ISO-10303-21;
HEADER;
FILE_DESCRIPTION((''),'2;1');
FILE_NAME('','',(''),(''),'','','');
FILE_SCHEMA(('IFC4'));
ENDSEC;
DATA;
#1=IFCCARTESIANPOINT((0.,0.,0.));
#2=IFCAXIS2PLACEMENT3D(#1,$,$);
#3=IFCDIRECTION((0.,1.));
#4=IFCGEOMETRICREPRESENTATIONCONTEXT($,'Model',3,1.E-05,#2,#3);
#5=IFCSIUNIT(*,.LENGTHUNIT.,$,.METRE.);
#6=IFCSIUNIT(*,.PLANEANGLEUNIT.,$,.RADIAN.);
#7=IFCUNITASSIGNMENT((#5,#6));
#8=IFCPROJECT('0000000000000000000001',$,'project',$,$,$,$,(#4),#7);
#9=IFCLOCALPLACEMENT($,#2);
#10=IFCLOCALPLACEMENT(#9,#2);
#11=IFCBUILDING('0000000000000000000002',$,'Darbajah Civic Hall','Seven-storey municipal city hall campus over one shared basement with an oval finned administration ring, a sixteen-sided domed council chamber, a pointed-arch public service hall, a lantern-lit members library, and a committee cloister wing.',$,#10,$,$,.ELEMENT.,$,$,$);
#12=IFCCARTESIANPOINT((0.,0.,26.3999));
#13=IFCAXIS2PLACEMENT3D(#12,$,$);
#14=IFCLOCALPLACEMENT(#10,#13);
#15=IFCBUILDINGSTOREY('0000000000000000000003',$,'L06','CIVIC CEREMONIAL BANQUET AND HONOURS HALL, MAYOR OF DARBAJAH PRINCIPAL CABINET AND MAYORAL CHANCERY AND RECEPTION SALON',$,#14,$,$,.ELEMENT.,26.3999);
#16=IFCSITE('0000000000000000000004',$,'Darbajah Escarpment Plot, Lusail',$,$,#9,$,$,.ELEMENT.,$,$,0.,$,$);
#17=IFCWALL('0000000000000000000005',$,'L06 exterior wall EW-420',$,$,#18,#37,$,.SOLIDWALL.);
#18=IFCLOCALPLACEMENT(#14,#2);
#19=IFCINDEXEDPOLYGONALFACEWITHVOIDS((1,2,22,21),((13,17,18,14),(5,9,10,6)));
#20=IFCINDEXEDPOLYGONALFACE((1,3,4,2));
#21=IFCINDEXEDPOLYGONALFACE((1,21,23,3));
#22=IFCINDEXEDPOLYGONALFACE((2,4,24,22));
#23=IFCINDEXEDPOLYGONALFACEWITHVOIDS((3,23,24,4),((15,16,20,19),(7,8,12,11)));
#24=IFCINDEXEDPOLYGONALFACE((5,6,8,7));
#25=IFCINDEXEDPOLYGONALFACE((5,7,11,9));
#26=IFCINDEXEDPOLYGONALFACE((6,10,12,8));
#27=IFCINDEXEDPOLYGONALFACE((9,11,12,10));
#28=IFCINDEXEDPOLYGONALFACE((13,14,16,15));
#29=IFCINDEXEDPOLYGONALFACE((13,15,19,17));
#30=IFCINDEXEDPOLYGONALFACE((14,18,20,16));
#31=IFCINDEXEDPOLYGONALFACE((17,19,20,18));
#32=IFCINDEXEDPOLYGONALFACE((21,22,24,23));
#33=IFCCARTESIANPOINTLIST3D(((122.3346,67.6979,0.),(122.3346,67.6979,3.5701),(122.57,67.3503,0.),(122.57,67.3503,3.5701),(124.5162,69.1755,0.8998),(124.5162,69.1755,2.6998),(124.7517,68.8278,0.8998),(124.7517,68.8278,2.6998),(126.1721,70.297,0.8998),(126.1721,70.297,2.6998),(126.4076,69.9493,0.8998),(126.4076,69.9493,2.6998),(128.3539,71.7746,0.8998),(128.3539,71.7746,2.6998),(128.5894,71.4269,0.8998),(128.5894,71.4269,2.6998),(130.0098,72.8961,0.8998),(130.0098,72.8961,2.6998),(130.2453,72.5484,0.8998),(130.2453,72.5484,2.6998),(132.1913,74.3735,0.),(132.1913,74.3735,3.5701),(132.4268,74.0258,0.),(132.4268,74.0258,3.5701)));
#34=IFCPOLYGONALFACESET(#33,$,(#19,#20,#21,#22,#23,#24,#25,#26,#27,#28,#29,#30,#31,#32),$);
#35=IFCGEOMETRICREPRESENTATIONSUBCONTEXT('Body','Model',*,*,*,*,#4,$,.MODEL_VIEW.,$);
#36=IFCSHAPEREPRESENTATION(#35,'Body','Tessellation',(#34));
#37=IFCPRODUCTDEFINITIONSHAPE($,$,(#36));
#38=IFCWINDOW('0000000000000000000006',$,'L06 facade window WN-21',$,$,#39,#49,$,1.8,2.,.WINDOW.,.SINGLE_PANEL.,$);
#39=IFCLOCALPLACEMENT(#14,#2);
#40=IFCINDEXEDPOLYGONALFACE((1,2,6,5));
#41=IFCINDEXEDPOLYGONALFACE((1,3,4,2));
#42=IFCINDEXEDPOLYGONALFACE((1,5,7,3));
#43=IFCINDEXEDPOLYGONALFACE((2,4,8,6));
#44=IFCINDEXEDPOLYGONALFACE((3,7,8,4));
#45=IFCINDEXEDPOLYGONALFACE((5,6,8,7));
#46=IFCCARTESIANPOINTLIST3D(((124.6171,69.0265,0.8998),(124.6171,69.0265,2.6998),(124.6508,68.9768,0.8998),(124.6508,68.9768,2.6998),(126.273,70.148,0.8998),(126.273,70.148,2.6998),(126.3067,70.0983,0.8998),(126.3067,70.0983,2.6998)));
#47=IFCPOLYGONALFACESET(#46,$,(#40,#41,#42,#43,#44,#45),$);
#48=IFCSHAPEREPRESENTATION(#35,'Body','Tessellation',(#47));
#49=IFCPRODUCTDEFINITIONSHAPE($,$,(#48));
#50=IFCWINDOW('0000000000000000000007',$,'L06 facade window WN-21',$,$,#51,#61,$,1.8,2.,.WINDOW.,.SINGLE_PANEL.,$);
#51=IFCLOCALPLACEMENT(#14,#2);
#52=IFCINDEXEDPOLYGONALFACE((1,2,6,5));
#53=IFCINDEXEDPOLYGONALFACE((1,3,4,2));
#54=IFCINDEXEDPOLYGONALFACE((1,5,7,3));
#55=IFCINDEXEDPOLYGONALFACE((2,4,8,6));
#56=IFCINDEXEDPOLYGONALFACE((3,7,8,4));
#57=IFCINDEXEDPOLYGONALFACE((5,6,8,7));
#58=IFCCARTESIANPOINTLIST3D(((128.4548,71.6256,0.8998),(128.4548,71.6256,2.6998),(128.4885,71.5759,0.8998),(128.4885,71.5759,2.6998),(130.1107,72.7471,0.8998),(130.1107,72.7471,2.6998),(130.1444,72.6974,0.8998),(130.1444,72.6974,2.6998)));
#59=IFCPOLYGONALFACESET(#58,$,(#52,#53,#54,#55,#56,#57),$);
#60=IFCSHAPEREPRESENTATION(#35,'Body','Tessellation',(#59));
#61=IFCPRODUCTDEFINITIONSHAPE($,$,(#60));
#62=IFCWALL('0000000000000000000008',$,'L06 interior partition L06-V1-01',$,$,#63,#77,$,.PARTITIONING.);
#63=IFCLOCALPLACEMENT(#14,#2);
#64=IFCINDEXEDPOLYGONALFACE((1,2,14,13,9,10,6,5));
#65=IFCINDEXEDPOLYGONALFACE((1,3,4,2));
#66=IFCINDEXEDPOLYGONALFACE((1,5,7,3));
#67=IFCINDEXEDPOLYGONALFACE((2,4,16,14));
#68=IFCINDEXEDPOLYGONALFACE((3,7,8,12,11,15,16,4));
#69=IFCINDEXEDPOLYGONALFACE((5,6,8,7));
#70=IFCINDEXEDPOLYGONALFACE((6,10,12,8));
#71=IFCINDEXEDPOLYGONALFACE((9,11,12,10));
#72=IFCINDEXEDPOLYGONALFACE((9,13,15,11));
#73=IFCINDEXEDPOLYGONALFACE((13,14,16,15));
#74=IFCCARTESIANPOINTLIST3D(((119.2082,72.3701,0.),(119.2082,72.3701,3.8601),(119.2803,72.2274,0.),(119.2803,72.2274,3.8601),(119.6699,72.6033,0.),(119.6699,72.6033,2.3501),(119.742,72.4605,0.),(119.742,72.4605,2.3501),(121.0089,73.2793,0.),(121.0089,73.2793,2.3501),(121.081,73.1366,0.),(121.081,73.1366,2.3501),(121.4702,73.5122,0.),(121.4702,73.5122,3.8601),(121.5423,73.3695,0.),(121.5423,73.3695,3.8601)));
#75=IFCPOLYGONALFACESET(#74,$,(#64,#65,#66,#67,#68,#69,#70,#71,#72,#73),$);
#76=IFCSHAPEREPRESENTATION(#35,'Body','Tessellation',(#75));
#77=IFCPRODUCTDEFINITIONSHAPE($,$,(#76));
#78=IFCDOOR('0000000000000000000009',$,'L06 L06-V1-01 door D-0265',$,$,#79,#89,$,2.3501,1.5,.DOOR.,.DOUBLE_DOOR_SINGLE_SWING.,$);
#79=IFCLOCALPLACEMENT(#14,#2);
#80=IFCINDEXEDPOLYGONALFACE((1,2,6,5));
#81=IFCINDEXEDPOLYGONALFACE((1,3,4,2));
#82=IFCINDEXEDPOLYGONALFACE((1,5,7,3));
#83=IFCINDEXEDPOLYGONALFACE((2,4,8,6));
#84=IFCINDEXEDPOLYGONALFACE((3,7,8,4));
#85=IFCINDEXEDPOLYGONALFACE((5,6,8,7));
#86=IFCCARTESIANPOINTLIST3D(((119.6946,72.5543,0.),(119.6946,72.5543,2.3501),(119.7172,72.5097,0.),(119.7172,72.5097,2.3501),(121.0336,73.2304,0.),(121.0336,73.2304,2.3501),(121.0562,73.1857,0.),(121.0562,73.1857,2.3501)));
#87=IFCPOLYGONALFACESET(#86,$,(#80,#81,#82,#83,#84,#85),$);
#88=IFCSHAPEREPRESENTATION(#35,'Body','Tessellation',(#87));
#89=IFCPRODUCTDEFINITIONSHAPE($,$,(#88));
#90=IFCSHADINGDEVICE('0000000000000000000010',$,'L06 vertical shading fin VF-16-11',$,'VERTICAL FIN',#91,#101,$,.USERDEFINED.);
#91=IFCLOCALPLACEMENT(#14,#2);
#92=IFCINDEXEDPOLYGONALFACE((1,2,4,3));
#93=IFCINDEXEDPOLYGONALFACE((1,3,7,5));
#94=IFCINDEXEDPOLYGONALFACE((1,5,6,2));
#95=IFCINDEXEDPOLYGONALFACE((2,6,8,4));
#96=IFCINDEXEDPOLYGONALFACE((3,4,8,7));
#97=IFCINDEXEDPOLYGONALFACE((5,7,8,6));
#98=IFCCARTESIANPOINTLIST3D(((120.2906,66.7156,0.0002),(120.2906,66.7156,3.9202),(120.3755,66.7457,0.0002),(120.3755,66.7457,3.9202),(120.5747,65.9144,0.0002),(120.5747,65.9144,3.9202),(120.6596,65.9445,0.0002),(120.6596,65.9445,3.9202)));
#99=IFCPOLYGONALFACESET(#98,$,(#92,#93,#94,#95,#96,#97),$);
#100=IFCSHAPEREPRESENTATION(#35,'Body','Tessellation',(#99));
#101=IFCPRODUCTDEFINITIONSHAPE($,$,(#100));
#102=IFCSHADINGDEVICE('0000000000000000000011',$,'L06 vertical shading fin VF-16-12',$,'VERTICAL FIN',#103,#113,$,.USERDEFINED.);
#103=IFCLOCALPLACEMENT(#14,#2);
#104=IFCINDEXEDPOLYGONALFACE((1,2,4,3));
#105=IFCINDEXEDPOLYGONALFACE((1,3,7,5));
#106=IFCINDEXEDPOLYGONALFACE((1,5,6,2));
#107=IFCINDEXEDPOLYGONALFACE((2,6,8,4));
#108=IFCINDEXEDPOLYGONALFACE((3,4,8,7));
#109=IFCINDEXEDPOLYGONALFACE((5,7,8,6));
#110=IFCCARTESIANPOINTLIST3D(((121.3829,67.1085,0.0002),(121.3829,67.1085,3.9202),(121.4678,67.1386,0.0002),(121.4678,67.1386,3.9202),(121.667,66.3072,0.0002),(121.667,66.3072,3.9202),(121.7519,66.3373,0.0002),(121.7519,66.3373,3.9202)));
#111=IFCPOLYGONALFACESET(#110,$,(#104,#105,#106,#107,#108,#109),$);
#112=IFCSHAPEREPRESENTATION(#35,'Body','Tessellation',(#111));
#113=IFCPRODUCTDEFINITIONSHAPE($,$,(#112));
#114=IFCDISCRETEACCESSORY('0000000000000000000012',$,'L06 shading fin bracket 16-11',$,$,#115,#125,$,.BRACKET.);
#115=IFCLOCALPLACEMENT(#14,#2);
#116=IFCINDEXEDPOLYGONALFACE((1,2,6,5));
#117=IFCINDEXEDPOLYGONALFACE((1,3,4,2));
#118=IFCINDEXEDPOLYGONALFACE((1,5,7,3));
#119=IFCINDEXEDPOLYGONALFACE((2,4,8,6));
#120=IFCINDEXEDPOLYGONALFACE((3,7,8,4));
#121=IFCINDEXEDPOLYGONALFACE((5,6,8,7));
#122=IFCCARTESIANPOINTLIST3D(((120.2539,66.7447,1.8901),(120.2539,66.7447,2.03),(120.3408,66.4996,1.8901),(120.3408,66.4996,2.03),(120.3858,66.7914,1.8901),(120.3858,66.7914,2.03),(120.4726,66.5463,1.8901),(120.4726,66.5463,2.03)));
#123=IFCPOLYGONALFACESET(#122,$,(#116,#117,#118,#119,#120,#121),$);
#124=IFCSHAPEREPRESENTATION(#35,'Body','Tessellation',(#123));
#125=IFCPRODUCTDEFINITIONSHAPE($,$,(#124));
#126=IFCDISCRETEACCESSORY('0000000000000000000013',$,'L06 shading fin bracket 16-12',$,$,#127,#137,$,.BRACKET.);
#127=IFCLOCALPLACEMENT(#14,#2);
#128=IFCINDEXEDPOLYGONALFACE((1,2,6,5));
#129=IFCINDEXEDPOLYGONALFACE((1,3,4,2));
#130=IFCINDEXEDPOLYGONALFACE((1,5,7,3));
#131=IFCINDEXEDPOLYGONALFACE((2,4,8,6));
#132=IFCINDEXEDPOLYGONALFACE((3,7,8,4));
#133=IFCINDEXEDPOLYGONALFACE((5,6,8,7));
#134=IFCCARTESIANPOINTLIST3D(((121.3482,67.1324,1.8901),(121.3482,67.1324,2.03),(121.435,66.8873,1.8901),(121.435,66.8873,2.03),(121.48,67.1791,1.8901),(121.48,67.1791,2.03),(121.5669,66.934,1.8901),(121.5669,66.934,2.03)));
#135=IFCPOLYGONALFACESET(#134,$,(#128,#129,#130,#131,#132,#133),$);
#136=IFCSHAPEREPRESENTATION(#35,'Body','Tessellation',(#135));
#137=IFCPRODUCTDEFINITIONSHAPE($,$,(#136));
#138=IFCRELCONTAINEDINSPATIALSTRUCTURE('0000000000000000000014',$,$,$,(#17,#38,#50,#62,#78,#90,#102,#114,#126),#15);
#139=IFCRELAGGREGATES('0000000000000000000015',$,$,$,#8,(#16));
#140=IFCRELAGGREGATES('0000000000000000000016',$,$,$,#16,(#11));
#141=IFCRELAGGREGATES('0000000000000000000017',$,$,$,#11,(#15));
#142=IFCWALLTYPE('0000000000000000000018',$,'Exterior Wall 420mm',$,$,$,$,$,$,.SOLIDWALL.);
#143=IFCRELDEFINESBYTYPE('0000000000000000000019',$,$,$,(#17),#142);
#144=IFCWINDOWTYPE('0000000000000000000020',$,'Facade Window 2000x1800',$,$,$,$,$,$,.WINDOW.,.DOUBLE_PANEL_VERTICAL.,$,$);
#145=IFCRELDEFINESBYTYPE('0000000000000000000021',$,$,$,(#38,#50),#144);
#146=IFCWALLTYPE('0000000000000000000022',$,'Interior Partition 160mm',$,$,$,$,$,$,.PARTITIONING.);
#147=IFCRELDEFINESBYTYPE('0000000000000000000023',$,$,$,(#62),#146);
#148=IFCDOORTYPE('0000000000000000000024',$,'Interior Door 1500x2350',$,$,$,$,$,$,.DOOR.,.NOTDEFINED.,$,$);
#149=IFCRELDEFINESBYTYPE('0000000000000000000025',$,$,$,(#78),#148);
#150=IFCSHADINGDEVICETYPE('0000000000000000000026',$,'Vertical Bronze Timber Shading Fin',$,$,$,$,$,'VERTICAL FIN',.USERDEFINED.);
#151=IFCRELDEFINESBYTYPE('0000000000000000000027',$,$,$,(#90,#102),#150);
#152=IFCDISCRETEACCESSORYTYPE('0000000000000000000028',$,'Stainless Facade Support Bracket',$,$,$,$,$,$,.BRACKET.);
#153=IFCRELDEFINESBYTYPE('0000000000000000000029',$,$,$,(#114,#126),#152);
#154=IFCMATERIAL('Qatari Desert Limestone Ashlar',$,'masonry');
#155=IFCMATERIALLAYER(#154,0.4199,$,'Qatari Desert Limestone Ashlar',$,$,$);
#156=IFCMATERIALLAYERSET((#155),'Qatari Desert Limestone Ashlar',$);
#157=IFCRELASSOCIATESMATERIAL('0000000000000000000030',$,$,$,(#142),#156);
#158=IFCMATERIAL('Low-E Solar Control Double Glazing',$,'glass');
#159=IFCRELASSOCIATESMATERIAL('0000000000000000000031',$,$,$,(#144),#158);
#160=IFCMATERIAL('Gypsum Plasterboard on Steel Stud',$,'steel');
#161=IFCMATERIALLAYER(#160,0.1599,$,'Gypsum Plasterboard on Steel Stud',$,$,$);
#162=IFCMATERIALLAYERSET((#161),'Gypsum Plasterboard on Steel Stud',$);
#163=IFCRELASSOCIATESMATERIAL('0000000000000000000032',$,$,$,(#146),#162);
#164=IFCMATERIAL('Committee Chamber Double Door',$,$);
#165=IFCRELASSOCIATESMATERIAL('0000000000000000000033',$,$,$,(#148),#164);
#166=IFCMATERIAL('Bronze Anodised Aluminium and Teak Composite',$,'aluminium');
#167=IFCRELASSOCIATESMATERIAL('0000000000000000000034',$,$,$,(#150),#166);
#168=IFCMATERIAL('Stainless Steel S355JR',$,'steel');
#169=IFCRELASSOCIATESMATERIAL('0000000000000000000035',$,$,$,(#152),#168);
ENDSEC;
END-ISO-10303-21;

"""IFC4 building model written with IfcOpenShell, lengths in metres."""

from ifc_helpers import new_model, si_unit, direction, frame, frame_2d, origin, origin_2d, place, context, subcontext, project, spatial, rectangle, extrude, material, layer, layer_set, type_object, element, fill, save


model = new_model("IFC4")

# Units and contexts
model_context = context("Model", 3, precision=1e-05, world=origin(), true_north=direction((0.0, 1.0)))
body_context = subcontext(model_context, "Body", "Model", "MODEL_VIEW")
ifc_project = project(units=[si_unit("LENGTHUNIT", "METRE"), si_unit("PLANEANGLEUNIT", "RADIAN")], contexts=[model_context])

# Site, building, storey
site_placement = place(None, origin())
site = spatial("IfcSite", under=ifc_project, at=site_placement, Name="Darbajah Escarpment Plot, Lusail", CompositionType="ELEMENT", RefElevation=0.0)
building_placement = place(site_placement, origin())
building = spatial("IfcBuilding", under=site, at=building_placement, Name="Darbajah Civic Hall", Description="Seven-storey municipal city hall campus over one shared basement with an oval finned administration ring, a sixteen-sided domed council chamber, a pointed-arch public service hall, a lantern-lit members library, and a committee cloister wing.", CompositionType="ELEMENT")
storey_placement = place(building_placement, frame((0.0, 0.0, 26.3999)))
storey = spatial("IfcBuildingStorey", under=building, at=storey_placement, Name="L06", Description="CIVIC CEREMONIAL BANQUET AND HONOURS HALL, MAYOR OF DARBAJAH PRINCIPAL CABINET AND MAYORAL CHANCERY AND RECEPTION SALON", CompositionType="ELEMENT", Elevation=26.3999)

# Shared definitions
ifc_material_1 = material(Name="Low-E Solar Control Double Glazing", Category="glass")

# Wall, openings, windows
ifc_material_2 = material(Name="Qatari Desert Limestone Ashlar", Category="masonry")
ifc_layer_1 = layer(ifc_material_2, 0.4199, Name="Qatari Desert Limestone Ashlar")
ifc_layer_set_1 = layer_set([ifc_layer_1], Name="Qatari Desert Limestone Ashlar")
wall_type_1 = type_object("IfcWallType", Name="Exterior Wall 420mm", PredefinedType="SOLIDWALL", material=ifc_layer_set_1)
wall_1_placement = place(storey_placement, frame((122.4524, 67.5242, 0.0), z_axis=(0.0, 0.0, 1.0), x_axis=(0.82798, 0.560757, 0.0)))
wall_1 = element("IfcWall", 1, at=wall_1_placement, inside=storey, type_object=wall_type_1, Name="L06 exterior wall EW-420", PredefinedType="SOLIDWALL", context=body_context, shape_type="SweptSolid", body=[
    extrude(rectangle(XDim=11.9045, YDim=0.4199, at=frame_2d((5.9521, 0.0))), origin(), (0.0, 0.0, 1.0), 3.5701),
])
opening_1_placement = place(wall_1_placement, frame((2.6348, 0.0, 0.8999)))
opening_1 = element("IfcOpeningElement", 2, at=opening_1_placement, cuts=wall_1, PredefinedType="OPENING", context=body_context, shape_type="SweptSolid", body=[
    extrude(rectangle(XDim=2.0, YDim=1.8, at=frame_2d((1.0, 0.8999))), frame((0.0, 0.22, 0.0), z_axis=(0.0, -1.0, 0.0), x_axis=(1.0, 0.0, 0.0)), (0.0, 0.0, 1.0), 0.4399),
])
opening_2_placement = place(wall_1_placement, frame((7.2698, 0.0, 0.8999)))
opening_2 = element("IfcOpeningElement", 3, at=opening_2_placement, cuts=wall_1, PredefinedType="OPENING", context=body_context, shape_type="SweptSolid", body=[
    extrude(rectangle(XDim=2.0, YDim=1.8, at=frame_2d((1.0, 0.8999))), frame((0.0, 0.22, 0.0), z_axis=(0.0, -1.0, 0.0), x_axis=(1.0, 0.0, 0.0)), (0.0, 0.0, 1.0), 0.4399),
])
window_type_1 = type_object("IfcWindowType", Name="Facade Window 2000x1800", PartitioningType="DOUBLE_PANEL_VERTICAL", PredefinedType="WINDOW", material=ifc_material_1)
window_1_placement = place(opening_1_placement, origin())
window_1 = element("IfcWindow", 4, at=window_1_placement, inside=storey, type_object=window_type_1, Name="L06 facade window WN-21", OverallHeight=1.8, OverallWidth=2.0, PartitioningType="SINGLE_PANEL", PredefinedType="WINDOW", context=body_context, shape_type="SweptSolid", body=[
    extrude(rectangle(XDim=2.0, YDim=1.8, at=frame_2d((1.0, 0.8999))), frame((0.0, 0.03, 0.0), z_axis=(0.0, -1.0, 0.0), x_axis=(1.0, 0.0, 0.0)), (0.0, 0.0, 1.0), 0.0601),
])
fill(opening_1, window_1)
window_2_placement = place(opening_2_placement, origin())
window_2 = element("IfcWindow", 5, at=window_2_placement, inside=storey, type_object=window_type_1, Name="L06 facade window WN-21", OverallHeight=1.8, OverallWidth=2.0, PartitioningType="SINGLE_PANEL", PredefinedType="WINDOW", context=body_context, shape_type="SweptSolid", body=[
    extrude(rectangle(XDim=2.0, YDim=1.8, at=frame_2d((1.0, 0.8999))), frame((0.0, 0.03, 0.0), z_axis=(0.0, -1.0, 0.0), x_axis=(1.0, 0.0, 0.0)), (0.0, 0.0, 1.0), 0.0601),
])
fill(opening_2, window_2)

# Wall, opening, door
ifc_material_3 = material(Name="Gypsum Plasterboard on Steel Stud", Category="steel")
ifc_layer_2 = layer(ifc_material_3, 0.1599, Name="Gypsum Plasterboard on Steel Stud")
ifc_layer_set_2 = layer_set([ifc_layer_2], Name="Gypsum Plasterboard on Steel Stud")
wall_type_2 = type_object("IfcWallType", Name="Interior Partition 160mm", PredefinedType="PARTITIONING", material=ifc_layer_set_2)
wall_2_placement = place(storey_placement, frame((121.5063, 73.4409, 0.0), z_axis=(0.0, 0.0, 1.0), x_axis=(-0.892667, -0.450717, 0.0)))
wall_2 = element("IfcWall", 6, at=wall_2_placement, inside=storey, type_object=wall_type_2, Name="L06 interior partition L06-V1-01", PredefinedType="PARTITIONING", context=body_context, shape_type="SweptSolid", body=[
    extrude(rectangle(XDim=2.5339, YDim=0.1599, at=frame_2d((1.2671, 0.0))), origin(), (0.0, 0.0, 1.0), 3.8601),
])
opening_3_placement = place(wall_2_placement, frame((0.5168, 0.0, 0.0)))
opening_3 = element("IfcOpeningElement", 7, at=opening_3_placement, cuts=wall_2, PredefinedType="OPENING", context=body_context, shape_type="SweptSolid", body=[
    extrude(rectangle(XDim=1.5, YDim=2.3501, at=frame_2d((0.75, 1.175))), frame((0.0, 0.0898, 0.0), z_axis=(0.0, -1.0, 0.0), x_axis=(1.0, 0.0, 0.0)), (0.0, 0.0, 1.0), 0.1799),
])
ifc_material_4 = material(Name="Committee Chamber Double Door")
door_type = type_object("IfcDoorType", Name="Interior Door 1500x2350", OperationType="NOTDEFINED", PredefinedType="DOOR", material=ifc_material_4)
door_placement = place(opening_3_placement, origin())
door = element("IfcDoor", 8, at=door_placement, inside=storey, type_object=door_type, Name="L06 L06-V1-01 door D-0265", OperationType="DOUBLE_DOOR_SINGLE_SWING", OverallHeight=2.3501, OverallWidth=1.5, PredefinedType="DOOR", context=body_context, shape_type="SweptSolid", body=[
    extrude(rectangle(XDim=1.5, YDim=2.3501, at=frame_2d((0.75, 1.175))), frame((0.0, 0.0249, 0.0), z_axis=(0.0, -1.0, 0.0), x_axis=(1.0, 0.0, 0.0)), (0.0, 0.0, 1.0), 0.05),
])
fill(opening_3, door)

# Shading devices
ifc_material_5 = material(Name="Bronze Anodised Aluminium and Teak Composite", Category="aluminium")
shading_device_type = type_object("IfcShadingDeviceType", Name="Vertical Bronze Timber Shading Fin", ElementType="VERTICAL FIN", PredefinedType="USERDEFINED", material=ifc_material_5)
for number, where, z_axis, x_axis, name in (
    (9, (120.4751, 66.3301, 0.0002), (0.0, 0.0, 1.0), (0.334136, -0.942525, 0.0), "L06 vertical shading fin VF-16-11"),
    (10, (121.5674, 66.7229, 0.0002), (0.0, 0.0, 1.0), (0.334136, -0.942525, 0.0), "L06 vertical shading fin VF-16-12"),
):
    element("IfcShadingDevice", number, at=place(storey_placement, frame(where, z_axis=z_axis, x_axis=x_axis)), inside=storey, type_object=shading_device_type, Name=name, ObjectType="VERTICAL FIN", PredefinedType="USERDEFINED", context=body_context, shape_type="SweptSolid", body=[
        extrude(rectangle(XDim=0.8501, YDim=0.0901, at=origin_2d()), origin(), (0.0, 0.0, 1.0), 3.9199),
    ])

# Discrete accessories
ifc_material_6 = material(Name="Stainless Steel S355JR", Category="steel")
discrete_accessory_type = type_object("IfcDiscreteAccessoryType", Name="Stainless Facade Support Bracket", PredefinedType="BRACKET", material=ifc_material_6)
for number, where, z_axis, x_axis, name in (
    (11, (120.3633, 66.6455, 1.8901), (0.0, 0.0, 1.0), (0.334136, -0.942525, 0.0), "L06 shading fin bracket 16-11"),
    (12, (121.4575, 67.0332, 1.8901), (0.0, 0.0, 1.0), (0.334136, -0.942525, 0.0), "L06 shading fin bracket 16-12"),
):
    element("IfcDiscreteAccessory", number, at=place(storey_placement, frame(where, z_axis=z_axis, x_axis=x_axis)), inside=storey, type_object=discrete_accessory_type, Name=name, PredefinedType="BRACKET", context=body_context, shape_type="SweptSolid", body=[
        extrude(rectangle(XDim=0.26, YDim=0.1399, at=origin_2d()), origin(), (0.0, 0.0, 1.0), 0.1399),
    ])

save(model, "model.ifc")
